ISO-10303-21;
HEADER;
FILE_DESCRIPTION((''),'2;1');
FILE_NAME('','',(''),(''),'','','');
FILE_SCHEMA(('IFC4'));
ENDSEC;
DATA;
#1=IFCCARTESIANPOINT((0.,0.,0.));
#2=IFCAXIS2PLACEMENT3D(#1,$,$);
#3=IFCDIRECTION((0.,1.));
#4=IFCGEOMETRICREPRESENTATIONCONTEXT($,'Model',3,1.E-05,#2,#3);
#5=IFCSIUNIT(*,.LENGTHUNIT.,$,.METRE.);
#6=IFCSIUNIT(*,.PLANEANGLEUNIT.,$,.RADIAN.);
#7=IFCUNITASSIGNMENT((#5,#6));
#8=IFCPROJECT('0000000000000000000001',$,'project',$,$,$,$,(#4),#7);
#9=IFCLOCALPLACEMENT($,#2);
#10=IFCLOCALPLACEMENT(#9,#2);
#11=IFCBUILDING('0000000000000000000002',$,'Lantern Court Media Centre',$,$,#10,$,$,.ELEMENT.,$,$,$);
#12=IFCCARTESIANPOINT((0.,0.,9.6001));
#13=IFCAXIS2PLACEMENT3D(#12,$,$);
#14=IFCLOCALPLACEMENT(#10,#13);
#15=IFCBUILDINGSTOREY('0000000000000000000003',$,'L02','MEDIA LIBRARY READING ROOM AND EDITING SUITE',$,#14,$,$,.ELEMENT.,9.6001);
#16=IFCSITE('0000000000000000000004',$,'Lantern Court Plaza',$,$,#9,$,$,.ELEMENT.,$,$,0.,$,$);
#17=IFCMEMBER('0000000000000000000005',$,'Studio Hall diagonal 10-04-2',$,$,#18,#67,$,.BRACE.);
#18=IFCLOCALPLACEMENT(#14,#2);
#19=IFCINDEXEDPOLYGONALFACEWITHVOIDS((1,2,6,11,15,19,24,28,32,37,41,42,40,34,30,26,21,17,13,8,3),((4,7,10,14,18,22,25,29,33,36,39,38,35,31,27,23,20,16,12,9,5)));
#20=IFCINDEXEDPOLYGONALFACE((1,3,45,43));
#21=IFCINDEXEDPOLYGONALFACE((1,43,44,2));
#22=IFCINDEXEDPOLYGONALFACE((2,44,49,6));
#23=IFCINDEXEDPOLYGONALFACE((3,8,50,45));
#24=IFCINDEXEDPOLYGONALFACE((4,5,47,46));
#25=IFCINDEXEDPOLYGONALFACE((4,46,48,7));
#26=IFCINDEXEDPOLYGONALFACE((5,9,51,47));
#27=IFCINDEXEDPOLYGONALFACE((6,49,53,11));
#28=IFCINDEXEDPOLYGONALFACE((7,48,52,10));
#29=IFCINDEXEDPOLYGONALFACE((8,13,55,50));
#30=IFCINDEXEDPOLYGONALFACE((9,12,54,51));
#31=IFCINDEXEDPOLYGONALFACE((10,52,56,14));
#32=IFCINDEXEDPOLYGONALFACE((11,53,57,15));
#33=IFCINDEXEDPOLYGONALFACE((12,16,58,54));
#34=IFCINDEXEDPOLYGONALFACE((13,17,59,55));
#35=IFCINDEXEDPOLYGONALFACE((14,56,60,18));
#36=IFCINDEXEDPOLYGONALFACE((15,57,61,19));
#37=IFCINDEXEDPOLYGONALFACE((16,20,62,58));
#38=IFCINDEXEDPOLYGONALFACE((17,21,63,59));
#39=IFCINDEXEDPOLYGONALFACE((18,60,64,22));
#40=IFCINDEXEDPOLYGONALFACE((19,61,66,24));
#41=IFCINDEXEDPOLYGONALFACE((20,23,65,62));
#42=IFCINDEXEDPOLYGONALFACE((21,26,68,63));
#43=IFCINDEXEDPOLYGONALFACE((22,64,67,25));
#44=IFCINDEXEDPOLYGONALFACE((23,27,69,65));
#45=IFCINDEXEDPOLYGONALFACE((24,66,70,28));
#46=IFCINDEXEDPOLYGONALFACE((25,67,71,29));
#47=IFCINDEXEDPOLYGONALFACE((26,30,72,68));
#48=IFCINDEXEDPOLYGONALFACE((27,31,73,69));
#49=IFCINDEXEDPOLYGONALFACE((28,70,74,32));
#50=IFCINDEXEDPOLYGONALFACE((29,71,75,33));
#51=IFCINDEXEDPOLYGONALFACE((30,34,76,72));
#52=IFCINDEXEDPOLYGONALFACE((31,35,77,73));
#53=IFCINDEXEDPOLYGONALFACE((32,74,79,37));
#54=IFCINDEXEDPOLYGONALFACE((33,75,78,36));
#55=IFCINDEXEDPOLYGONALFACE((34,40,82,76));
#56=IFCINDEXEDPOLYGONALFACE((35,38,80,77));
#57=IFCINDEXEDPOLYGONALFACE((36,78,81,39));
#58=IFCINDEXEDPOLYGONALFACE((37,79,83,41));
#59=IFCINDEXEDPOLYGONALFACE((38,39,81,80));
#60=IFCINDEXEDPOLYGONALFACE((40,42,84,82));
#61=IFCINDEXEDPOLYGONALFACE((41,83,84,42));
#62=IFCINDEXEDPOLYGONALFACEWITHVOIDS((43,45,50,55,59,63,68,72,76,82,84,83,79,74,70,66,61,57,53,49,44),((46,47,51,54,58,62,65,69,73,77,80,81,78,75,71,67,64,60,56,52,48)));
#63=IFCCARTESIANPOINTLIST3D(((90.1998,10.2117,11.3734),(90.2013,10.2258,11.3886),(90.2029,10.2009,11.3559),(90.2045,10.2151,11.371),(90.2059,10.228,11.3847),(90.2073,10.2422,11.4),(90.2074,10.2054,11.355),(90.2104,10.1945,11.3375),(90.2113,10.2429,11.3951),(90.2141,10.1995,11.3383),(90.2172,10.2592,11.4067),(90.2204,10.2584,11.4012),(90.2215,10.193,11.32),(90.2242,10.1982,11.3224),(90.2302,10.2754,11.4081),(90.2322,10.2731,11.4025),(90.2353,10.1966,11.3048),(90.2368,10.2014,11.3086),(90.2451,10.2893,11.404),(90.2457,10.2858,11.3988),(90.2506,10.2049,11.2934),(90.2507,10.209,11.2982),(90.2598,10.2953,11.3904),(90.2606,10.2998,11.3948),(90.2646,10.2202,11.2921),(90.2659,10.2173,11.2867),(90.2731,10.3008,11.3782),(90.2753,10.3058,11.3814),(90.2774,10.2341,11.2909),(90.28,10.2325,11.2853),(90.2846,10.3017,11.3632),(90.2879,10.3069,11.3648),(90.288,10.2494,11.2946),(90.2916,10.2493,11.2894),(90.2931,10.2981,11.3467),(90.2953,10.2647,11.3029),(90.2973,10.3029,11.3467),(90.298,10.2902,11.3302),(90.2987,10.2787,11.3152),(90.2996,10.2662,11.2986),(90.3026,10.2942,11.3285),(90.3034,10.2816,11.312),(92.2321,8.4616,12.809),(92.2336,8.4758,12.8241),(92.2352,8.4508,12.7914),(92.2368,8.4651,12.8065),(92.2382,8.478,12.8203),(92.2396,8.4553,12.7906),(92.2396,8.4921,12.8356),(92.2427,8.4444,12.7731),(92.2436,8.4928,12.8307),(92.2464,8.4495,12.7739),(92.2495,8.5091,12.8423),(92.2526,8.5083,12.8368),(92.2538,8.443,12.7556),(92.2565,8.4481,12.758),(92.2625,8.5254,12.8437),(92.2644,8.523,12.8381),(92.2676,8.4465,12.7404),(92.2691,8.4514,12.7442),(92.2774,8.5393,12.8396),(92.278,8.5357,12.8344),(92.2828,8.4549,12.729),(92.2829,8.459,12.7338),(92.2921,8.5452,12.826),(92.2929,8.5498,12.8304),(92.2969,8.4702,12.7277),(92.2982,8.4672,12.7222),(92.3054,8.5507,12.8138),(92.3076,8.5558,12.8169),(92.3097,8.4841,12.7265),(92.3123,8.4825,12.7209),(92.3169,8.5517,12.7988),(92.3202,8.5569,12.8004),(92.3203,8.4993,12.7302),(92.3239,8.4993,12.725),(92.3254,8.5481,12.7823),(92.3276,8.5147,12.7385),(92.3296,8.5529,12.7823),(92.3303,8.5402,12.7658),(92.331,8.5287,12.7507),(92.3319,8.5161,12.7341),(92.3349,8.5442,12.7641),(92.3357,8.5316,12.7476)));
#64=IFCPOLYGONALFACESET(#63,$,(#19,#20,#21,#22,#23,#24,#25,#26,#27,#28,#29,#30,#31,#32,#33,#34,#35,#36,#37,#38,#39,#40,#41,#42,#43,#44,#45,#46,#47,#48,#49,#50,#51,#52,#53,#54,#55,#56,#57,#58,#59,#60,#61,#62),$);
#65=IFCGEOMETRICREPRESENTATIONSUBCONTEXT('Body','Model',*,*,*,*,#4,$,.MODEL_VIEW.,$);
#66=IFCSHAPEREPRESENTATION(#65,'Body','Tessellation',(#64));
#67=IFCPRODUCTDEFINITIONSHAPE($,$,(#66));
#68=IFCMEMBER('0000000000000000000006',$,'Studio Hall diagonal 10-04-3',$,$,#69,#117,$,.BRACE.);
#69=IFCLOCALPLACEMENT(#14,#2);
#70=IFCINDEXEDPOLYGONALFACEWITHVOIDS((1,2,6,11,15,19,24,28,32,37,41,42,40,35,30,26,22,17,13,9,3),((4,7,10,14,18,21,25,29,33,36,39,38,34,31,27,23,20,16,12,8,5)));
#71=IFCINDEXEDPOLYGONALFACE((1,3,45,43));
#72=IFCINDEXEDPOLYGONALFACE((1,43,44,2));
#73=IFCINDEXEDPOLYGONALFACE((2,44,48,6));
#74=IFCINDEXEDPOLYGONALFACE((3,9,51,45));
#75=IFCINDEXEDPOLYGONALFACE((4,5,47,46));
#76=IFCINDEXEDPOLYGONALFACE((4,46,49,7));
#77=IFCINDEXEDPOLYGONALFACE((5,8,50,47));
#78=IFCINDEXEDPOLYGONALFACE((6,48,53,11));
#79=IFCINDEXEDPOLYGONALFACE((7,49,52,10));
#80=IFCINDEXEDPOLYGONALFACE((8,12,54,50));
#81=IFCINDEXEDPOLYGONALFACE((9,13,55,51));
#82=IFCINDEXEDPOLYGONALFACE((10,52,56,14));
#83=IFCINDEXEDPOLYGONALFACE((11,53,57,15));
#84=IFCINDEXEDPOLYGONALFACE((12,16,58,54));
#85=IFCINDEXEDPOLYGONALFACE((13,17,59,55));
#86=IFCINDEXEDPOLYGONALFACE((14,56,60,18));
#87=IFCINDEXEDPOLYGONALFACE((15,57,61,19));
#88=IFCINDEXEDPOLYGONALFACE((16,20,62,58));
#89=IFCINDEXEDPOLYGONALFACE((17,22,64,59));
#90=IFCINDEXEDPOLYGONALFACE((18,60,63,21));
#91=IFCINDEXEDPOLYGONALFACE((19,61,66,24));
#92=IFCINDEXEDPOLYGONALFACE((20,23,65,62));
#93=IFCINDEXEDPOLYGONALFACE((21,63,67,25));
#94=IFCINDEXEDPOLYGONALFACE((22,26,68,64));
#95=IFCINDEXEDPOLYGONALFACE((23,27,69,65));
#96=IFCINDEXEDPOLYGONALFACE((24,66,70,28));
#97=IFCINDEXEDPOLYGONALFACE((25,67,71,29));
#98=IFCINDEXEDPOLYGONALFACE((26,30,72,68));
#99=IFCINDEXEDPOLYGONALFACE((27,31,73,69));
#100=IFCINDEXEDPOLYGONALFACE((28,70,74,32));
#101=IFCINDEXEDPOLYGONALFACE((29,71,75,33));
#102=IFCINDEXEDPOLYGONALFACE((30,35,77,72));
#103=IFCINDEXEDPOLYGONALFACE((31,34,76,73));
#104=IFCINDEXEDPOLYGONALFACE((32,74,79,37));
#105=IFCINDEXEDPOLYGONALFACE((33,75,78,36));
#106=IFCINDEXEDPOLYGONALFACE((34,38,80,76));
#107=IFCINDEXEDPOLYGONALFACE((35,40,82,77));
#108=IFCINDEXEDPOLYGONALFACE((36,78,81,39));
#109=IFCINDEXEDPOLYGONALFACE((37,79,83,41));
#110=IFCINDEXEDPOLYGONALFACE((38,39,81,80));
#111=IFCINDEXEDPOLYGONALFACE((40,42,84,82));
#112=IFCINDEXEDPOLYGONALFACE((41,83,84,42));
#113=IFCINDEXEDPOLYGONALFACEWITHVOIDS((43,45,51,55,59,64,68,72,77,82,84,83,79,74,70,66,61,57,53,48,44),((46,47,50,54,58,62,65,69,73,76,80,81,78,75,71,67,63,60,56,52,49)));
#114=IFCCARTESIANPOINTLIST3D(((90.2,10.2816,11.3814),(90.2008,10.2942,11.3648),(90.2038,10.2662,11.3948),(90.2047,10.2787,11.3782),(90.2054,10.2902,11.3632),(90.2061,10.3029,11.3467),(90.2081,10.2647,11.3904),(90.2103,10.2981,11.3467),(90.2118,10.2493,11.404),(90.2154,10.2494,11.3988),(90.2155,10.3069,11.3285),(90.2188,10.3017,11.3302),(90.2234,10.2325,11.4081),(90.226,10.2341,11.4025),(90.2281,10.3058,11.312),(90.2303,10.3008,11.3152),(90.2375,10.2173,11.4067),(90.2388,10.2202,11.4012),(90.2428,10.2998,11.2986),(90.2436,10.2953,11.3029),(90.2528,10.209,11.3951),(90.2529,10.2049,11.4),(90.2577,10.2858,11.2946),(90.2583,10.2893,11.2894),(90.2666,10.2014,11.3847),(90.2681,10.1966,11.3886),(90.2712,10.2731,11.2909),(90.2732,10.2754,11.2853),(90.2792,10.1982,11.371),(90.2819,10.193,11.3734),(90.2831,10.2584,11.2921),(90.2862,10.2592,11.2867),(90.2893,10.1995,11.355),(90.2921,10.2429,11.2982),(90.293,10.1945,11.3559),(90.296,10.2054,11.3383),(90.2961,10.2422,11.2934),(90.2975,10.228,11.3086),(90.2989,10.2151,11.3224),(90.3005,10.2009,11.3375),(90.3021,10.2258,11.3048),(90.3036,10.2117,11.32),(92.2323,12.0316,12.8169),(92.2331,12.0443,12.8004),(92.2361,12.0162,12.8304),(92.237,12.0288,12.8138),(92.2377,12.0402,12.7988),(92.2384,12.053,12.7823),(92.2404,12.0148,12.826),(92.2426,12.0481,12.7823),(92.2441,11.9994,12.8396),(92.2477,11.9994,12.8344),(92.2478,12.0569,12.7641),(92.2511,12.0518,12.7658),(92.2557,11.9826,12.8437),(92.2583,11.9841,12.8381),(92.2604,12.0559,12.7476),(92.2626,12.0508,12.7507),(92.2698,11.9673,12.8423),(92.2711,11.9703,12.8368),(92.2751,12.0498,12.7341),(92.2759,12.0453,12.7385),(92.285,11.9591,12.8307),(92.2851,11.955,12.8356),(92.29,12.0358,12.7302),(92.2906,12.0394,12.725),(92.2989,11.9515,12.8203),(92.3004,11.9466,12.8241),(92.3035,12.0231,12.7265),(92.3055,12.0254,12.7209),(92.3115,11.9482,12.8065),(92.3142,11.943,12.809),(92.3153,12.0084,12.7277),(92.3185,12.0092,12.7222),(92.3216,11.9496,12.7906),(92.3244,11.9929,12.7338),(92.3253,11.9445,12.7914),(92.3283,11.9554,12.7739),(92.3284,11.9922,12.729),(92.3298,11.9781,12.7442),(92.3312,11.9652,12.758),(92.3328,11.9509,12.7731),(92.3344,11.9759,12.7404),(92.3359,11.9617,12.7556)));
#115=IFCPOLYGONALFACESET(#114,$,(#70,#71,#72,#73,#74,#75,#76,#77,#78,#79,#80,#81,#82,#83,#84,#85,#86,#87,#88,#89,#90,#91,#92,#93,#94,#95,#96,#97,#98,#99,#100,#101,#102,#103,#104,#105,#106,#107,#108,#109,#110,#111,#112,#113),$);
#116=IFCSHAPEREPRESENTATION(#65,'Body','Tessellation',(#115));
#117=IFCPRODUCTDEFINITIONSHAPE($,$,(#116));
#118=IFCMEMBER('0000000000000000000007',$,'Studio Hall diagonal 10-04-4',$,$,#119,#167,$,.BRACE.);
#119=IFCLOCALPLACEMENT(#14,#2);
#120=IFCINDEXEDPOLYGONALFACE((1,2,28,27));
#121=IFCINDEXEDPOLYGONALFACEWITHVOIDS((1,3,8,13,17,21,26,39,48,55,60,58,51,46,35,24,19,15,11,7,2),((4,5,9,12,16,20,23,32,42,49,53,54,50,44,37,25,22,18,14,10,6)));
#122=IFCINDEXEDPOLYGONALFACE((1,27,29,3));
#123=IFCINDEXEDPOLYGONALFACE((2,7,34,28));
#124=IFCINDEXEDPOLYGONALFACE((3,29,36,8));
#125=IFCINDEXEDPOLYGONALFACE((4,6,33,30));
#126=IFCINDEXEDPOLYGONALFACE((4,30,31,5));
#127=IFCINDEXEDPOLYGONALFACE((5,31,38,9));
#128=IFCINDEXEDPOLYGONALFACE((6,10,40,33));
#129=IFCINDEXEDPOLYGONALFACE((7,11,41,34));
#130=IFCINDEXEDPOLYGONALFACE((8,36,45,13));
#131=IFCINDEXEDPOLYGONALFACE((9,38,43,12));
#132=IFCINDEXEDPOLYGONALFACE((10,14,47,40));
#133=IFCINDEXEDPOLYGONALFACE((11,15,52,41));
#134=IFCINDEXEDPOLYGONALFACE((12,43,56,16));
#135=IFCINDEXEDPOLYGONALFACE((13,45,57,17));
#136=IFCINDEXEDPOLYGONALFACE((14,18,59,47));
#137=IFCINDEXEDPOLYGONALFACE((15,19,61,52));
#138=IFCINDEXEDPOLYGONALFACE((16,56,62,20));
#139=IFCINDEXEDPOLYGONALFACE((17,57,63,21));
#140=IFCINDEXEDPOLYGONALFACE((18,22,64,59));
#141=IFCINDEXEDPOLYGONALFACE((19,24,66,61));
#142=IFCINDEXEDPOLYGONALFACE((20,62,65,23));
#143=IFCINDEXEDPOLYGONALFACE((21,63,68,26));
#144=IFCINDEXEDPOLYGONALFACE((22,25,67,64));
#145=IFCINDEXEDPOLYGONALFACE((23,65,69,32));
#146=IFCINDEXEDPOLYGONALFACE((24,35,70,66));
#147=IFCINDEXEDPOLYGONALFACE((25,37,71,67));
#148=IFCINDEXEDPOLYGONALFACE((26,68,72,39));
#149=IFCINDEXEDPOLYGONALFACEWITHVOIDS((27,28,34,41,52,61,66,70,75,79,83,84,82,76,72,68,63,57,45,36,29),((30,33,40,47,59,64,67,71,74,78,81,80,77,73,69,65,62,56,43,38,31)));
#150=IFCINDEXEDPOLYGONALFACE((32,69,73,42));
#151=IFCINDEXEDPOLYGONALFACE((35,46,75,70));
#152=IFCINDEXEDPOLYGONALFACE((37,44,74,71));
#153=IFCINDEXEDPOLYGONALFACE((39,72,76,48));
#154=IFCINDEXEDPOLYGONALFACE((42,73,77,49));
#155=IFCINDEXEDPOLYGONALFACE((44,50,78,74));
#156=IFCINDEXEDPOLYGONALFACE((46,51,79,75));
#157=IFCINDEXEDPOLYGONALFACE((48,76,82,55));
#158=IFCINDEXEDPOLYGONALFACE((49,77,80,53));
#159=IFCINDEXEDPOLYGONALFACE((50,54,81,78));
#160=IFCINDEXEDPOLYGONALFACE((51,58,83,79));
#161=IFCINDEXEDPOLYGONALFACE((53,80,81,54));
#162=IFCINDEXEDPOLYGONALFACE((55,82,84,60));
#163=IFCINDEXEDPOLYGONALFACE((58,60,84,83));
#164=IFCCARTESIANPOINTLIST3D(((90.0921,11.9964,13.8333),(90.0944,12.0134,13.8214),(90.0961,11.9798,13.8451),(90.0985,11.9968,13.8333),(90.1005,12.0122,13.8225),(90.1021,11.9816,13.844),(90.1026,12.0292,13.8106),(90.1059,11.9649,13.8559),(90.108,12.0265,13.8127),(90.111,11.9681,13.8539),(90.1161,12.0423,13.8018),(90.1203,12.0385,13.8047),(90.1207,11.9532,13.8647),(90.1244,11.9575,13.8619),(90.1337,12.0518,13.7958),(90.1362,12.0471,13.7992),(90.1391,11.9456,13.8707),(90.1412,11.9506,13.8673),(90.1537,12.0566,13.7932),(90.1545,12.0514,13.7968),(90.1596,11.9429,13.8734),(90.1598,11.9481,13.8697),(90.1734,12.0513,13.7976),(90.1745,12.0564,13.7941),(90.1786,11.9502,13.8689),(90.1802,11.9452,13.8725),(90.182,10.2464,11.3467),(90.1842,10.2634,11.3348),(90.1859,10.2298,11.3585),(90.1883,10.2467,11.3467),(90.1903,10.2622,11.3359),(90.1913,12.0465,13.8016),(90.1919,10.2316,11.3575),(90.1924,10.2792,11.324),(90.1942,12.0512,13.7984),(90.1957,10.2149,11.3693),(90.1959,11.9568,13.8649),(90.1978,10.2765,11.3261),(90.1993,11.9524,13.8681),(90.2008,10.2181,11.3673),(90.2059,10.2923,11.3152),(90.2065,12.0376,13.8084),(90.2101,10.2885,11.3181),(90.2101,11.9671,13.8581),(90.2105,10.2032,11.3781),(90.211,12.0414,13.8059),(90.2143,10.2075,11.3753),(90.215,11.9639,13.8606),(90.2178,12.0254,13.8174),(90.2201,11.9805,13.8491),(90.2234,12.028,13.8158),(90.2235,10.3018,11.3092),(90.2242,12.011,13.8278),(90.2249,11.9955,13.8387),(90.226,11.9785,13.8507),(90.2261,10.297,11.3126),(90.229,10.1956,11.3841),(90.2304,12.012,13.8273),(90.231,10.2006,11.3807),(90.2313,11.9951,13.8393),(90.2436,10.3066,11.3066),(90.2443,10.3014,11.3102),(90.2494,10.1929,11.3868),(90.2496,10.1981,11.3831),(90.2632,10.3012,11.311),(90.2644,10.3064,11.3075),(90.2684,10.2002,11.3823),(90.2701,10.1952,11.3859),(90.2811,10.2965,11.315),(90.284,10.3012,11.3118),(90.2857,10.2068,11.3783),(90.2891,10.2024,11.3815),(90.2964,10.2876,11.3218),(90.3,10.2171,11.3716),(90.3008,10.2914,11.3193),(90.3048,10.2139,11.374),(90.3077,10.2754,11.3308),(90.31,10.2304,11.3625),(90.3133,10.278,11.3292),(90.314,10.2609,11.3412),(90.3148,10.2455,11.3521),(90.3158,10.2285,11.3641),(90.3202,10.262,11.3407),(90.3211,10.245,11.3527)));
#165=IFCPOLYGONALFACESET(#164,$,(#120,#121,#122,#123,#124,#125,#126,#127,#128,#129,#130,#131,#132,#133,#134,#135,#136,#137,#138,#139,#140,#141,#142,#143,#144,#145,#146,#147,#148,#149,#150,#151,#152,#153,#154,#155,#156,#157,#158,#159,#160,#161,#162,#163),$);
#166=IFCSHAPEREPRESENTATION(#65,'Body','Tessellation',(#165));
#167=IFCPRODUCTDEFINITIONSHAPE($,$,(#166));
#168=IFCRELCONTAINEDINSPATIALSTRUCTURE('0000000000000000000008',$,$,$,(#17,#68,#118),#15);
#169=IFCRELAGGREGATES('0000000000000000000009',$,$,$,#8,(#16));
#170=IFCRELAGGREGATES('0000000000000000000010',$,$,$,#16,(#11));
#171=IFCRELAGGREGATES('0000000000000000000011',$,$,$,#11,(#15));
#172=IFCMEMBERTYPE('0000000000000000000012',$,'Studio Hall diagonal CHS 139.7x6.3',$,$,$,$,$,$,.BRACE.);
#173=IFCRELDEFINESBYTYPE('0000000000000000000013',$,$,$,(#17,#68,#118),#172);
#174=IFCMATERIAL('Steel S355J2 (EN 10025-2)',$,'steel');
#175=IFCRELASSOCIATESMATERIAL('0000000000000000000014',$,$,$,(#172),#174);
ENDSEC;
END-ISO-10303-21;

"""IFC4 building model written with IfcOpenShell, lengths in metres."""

from ifc_helpers import new_model, si_unit, direction, frame, origin, origin_2d, place, context, subcontext, project, spatial, hollow_circle, extrude, material, material_profile, profile_set, type_object, element, save


model = new_model("IFC4")

# Units and contexts
model_context = context("Model", 3, precision=1e-05, world=origin(), true_north=direction((0.0, 1.0)))
body_context = subcontext(model_context, "Body", "Model", "MODEL_VIEW")
ifc_project = project(units=[si_unit("LENGTHUNIT", "METRE"), si_unit("PLANEANGLEUNIT", "RADIAN")], contexts=[model_context])

# Site, building, storey
site_placement = place(None, origin())
site = spatial("IfcSite", under=ifc_project, at=site_placement, Name="Lantern Court Plaza", CompositionType="ELEMENT", RefElevation=0.0)
building_placement = place(site_placement, origin())
building = spatial("IfcBuilding", under=site, at=building_placement, Name="Lantern Court Media Centre", CompositionType="ELEMENT")
storey_placement = place(building_placement, frame((0.0, 0.0, 9.6001)))
storey = spatial("IfcBuildingStorey", under=building, at=storey_placement, Name="L02", Description="MEDIA LIBRARY READING ROOM AND EDITING SUITE", CompositionType="ELEMENT", Elevation=9.6001)

# Members
ifc_material = material(Name="Steel S355J2 (EN 10025-2)", Category="steel")
ifc_material_profile_1 = material_profile(ifc_material, hollow_circle(Radius=0.0698, WallThickness=0.0063, at=origin_2d()), Name="Studio Hall diagonal CHS 139.7x6.3")
ifc_profile_set_1 = profile_set([ifc_material_profile_1], Name="Steel S355J2 (EN 10025-2)")
member_type_1 = type_object("IfcMemberType", Name="Studio Hall diagonal CHS 139.7x6.3", PredefinedType="BRACE", material=ifc_profile_set_1)
for number, where, z_axis, x_axis, name in (
    (1, (90.2517, 10.25, 11.3467), (0.668075, -0.575296, 0.471922), (0.652529, 0.757764, 0.0), "Studio Hall diagonal 10-04-2"),
    (2, (90.2517, 10.25, 11.3467), (0.668075, 0.575296, 0.471922), (-0.652529, 0.757764, 0.0), "Studio Hall diagonal 10-04-3"),
    (3, (90.2517, 10.25, 11.3467), (-0.029535, 0.575284, 0.81742), (-0.998685, -0.051272, 0.0), "Studio Hall diagonal 10-04-4"),
):
    element("IfcMember", number, at=place(storey_placement, frame(where, z_axis=z_axis, x_axis=x_axis)), inside=storey, type_object=member_type_1, Name=name, PredefinedType="BRACE", context=body_context, shape_type="SweptSolid", body=[
        extrude(hollow_circle(Radius=0.0698, WallThickness=0.0063, at=origin_2d()), origin(), (0.0, 0.0, 1.0), 3.042),
    ])

save(model, "model.ifc")
